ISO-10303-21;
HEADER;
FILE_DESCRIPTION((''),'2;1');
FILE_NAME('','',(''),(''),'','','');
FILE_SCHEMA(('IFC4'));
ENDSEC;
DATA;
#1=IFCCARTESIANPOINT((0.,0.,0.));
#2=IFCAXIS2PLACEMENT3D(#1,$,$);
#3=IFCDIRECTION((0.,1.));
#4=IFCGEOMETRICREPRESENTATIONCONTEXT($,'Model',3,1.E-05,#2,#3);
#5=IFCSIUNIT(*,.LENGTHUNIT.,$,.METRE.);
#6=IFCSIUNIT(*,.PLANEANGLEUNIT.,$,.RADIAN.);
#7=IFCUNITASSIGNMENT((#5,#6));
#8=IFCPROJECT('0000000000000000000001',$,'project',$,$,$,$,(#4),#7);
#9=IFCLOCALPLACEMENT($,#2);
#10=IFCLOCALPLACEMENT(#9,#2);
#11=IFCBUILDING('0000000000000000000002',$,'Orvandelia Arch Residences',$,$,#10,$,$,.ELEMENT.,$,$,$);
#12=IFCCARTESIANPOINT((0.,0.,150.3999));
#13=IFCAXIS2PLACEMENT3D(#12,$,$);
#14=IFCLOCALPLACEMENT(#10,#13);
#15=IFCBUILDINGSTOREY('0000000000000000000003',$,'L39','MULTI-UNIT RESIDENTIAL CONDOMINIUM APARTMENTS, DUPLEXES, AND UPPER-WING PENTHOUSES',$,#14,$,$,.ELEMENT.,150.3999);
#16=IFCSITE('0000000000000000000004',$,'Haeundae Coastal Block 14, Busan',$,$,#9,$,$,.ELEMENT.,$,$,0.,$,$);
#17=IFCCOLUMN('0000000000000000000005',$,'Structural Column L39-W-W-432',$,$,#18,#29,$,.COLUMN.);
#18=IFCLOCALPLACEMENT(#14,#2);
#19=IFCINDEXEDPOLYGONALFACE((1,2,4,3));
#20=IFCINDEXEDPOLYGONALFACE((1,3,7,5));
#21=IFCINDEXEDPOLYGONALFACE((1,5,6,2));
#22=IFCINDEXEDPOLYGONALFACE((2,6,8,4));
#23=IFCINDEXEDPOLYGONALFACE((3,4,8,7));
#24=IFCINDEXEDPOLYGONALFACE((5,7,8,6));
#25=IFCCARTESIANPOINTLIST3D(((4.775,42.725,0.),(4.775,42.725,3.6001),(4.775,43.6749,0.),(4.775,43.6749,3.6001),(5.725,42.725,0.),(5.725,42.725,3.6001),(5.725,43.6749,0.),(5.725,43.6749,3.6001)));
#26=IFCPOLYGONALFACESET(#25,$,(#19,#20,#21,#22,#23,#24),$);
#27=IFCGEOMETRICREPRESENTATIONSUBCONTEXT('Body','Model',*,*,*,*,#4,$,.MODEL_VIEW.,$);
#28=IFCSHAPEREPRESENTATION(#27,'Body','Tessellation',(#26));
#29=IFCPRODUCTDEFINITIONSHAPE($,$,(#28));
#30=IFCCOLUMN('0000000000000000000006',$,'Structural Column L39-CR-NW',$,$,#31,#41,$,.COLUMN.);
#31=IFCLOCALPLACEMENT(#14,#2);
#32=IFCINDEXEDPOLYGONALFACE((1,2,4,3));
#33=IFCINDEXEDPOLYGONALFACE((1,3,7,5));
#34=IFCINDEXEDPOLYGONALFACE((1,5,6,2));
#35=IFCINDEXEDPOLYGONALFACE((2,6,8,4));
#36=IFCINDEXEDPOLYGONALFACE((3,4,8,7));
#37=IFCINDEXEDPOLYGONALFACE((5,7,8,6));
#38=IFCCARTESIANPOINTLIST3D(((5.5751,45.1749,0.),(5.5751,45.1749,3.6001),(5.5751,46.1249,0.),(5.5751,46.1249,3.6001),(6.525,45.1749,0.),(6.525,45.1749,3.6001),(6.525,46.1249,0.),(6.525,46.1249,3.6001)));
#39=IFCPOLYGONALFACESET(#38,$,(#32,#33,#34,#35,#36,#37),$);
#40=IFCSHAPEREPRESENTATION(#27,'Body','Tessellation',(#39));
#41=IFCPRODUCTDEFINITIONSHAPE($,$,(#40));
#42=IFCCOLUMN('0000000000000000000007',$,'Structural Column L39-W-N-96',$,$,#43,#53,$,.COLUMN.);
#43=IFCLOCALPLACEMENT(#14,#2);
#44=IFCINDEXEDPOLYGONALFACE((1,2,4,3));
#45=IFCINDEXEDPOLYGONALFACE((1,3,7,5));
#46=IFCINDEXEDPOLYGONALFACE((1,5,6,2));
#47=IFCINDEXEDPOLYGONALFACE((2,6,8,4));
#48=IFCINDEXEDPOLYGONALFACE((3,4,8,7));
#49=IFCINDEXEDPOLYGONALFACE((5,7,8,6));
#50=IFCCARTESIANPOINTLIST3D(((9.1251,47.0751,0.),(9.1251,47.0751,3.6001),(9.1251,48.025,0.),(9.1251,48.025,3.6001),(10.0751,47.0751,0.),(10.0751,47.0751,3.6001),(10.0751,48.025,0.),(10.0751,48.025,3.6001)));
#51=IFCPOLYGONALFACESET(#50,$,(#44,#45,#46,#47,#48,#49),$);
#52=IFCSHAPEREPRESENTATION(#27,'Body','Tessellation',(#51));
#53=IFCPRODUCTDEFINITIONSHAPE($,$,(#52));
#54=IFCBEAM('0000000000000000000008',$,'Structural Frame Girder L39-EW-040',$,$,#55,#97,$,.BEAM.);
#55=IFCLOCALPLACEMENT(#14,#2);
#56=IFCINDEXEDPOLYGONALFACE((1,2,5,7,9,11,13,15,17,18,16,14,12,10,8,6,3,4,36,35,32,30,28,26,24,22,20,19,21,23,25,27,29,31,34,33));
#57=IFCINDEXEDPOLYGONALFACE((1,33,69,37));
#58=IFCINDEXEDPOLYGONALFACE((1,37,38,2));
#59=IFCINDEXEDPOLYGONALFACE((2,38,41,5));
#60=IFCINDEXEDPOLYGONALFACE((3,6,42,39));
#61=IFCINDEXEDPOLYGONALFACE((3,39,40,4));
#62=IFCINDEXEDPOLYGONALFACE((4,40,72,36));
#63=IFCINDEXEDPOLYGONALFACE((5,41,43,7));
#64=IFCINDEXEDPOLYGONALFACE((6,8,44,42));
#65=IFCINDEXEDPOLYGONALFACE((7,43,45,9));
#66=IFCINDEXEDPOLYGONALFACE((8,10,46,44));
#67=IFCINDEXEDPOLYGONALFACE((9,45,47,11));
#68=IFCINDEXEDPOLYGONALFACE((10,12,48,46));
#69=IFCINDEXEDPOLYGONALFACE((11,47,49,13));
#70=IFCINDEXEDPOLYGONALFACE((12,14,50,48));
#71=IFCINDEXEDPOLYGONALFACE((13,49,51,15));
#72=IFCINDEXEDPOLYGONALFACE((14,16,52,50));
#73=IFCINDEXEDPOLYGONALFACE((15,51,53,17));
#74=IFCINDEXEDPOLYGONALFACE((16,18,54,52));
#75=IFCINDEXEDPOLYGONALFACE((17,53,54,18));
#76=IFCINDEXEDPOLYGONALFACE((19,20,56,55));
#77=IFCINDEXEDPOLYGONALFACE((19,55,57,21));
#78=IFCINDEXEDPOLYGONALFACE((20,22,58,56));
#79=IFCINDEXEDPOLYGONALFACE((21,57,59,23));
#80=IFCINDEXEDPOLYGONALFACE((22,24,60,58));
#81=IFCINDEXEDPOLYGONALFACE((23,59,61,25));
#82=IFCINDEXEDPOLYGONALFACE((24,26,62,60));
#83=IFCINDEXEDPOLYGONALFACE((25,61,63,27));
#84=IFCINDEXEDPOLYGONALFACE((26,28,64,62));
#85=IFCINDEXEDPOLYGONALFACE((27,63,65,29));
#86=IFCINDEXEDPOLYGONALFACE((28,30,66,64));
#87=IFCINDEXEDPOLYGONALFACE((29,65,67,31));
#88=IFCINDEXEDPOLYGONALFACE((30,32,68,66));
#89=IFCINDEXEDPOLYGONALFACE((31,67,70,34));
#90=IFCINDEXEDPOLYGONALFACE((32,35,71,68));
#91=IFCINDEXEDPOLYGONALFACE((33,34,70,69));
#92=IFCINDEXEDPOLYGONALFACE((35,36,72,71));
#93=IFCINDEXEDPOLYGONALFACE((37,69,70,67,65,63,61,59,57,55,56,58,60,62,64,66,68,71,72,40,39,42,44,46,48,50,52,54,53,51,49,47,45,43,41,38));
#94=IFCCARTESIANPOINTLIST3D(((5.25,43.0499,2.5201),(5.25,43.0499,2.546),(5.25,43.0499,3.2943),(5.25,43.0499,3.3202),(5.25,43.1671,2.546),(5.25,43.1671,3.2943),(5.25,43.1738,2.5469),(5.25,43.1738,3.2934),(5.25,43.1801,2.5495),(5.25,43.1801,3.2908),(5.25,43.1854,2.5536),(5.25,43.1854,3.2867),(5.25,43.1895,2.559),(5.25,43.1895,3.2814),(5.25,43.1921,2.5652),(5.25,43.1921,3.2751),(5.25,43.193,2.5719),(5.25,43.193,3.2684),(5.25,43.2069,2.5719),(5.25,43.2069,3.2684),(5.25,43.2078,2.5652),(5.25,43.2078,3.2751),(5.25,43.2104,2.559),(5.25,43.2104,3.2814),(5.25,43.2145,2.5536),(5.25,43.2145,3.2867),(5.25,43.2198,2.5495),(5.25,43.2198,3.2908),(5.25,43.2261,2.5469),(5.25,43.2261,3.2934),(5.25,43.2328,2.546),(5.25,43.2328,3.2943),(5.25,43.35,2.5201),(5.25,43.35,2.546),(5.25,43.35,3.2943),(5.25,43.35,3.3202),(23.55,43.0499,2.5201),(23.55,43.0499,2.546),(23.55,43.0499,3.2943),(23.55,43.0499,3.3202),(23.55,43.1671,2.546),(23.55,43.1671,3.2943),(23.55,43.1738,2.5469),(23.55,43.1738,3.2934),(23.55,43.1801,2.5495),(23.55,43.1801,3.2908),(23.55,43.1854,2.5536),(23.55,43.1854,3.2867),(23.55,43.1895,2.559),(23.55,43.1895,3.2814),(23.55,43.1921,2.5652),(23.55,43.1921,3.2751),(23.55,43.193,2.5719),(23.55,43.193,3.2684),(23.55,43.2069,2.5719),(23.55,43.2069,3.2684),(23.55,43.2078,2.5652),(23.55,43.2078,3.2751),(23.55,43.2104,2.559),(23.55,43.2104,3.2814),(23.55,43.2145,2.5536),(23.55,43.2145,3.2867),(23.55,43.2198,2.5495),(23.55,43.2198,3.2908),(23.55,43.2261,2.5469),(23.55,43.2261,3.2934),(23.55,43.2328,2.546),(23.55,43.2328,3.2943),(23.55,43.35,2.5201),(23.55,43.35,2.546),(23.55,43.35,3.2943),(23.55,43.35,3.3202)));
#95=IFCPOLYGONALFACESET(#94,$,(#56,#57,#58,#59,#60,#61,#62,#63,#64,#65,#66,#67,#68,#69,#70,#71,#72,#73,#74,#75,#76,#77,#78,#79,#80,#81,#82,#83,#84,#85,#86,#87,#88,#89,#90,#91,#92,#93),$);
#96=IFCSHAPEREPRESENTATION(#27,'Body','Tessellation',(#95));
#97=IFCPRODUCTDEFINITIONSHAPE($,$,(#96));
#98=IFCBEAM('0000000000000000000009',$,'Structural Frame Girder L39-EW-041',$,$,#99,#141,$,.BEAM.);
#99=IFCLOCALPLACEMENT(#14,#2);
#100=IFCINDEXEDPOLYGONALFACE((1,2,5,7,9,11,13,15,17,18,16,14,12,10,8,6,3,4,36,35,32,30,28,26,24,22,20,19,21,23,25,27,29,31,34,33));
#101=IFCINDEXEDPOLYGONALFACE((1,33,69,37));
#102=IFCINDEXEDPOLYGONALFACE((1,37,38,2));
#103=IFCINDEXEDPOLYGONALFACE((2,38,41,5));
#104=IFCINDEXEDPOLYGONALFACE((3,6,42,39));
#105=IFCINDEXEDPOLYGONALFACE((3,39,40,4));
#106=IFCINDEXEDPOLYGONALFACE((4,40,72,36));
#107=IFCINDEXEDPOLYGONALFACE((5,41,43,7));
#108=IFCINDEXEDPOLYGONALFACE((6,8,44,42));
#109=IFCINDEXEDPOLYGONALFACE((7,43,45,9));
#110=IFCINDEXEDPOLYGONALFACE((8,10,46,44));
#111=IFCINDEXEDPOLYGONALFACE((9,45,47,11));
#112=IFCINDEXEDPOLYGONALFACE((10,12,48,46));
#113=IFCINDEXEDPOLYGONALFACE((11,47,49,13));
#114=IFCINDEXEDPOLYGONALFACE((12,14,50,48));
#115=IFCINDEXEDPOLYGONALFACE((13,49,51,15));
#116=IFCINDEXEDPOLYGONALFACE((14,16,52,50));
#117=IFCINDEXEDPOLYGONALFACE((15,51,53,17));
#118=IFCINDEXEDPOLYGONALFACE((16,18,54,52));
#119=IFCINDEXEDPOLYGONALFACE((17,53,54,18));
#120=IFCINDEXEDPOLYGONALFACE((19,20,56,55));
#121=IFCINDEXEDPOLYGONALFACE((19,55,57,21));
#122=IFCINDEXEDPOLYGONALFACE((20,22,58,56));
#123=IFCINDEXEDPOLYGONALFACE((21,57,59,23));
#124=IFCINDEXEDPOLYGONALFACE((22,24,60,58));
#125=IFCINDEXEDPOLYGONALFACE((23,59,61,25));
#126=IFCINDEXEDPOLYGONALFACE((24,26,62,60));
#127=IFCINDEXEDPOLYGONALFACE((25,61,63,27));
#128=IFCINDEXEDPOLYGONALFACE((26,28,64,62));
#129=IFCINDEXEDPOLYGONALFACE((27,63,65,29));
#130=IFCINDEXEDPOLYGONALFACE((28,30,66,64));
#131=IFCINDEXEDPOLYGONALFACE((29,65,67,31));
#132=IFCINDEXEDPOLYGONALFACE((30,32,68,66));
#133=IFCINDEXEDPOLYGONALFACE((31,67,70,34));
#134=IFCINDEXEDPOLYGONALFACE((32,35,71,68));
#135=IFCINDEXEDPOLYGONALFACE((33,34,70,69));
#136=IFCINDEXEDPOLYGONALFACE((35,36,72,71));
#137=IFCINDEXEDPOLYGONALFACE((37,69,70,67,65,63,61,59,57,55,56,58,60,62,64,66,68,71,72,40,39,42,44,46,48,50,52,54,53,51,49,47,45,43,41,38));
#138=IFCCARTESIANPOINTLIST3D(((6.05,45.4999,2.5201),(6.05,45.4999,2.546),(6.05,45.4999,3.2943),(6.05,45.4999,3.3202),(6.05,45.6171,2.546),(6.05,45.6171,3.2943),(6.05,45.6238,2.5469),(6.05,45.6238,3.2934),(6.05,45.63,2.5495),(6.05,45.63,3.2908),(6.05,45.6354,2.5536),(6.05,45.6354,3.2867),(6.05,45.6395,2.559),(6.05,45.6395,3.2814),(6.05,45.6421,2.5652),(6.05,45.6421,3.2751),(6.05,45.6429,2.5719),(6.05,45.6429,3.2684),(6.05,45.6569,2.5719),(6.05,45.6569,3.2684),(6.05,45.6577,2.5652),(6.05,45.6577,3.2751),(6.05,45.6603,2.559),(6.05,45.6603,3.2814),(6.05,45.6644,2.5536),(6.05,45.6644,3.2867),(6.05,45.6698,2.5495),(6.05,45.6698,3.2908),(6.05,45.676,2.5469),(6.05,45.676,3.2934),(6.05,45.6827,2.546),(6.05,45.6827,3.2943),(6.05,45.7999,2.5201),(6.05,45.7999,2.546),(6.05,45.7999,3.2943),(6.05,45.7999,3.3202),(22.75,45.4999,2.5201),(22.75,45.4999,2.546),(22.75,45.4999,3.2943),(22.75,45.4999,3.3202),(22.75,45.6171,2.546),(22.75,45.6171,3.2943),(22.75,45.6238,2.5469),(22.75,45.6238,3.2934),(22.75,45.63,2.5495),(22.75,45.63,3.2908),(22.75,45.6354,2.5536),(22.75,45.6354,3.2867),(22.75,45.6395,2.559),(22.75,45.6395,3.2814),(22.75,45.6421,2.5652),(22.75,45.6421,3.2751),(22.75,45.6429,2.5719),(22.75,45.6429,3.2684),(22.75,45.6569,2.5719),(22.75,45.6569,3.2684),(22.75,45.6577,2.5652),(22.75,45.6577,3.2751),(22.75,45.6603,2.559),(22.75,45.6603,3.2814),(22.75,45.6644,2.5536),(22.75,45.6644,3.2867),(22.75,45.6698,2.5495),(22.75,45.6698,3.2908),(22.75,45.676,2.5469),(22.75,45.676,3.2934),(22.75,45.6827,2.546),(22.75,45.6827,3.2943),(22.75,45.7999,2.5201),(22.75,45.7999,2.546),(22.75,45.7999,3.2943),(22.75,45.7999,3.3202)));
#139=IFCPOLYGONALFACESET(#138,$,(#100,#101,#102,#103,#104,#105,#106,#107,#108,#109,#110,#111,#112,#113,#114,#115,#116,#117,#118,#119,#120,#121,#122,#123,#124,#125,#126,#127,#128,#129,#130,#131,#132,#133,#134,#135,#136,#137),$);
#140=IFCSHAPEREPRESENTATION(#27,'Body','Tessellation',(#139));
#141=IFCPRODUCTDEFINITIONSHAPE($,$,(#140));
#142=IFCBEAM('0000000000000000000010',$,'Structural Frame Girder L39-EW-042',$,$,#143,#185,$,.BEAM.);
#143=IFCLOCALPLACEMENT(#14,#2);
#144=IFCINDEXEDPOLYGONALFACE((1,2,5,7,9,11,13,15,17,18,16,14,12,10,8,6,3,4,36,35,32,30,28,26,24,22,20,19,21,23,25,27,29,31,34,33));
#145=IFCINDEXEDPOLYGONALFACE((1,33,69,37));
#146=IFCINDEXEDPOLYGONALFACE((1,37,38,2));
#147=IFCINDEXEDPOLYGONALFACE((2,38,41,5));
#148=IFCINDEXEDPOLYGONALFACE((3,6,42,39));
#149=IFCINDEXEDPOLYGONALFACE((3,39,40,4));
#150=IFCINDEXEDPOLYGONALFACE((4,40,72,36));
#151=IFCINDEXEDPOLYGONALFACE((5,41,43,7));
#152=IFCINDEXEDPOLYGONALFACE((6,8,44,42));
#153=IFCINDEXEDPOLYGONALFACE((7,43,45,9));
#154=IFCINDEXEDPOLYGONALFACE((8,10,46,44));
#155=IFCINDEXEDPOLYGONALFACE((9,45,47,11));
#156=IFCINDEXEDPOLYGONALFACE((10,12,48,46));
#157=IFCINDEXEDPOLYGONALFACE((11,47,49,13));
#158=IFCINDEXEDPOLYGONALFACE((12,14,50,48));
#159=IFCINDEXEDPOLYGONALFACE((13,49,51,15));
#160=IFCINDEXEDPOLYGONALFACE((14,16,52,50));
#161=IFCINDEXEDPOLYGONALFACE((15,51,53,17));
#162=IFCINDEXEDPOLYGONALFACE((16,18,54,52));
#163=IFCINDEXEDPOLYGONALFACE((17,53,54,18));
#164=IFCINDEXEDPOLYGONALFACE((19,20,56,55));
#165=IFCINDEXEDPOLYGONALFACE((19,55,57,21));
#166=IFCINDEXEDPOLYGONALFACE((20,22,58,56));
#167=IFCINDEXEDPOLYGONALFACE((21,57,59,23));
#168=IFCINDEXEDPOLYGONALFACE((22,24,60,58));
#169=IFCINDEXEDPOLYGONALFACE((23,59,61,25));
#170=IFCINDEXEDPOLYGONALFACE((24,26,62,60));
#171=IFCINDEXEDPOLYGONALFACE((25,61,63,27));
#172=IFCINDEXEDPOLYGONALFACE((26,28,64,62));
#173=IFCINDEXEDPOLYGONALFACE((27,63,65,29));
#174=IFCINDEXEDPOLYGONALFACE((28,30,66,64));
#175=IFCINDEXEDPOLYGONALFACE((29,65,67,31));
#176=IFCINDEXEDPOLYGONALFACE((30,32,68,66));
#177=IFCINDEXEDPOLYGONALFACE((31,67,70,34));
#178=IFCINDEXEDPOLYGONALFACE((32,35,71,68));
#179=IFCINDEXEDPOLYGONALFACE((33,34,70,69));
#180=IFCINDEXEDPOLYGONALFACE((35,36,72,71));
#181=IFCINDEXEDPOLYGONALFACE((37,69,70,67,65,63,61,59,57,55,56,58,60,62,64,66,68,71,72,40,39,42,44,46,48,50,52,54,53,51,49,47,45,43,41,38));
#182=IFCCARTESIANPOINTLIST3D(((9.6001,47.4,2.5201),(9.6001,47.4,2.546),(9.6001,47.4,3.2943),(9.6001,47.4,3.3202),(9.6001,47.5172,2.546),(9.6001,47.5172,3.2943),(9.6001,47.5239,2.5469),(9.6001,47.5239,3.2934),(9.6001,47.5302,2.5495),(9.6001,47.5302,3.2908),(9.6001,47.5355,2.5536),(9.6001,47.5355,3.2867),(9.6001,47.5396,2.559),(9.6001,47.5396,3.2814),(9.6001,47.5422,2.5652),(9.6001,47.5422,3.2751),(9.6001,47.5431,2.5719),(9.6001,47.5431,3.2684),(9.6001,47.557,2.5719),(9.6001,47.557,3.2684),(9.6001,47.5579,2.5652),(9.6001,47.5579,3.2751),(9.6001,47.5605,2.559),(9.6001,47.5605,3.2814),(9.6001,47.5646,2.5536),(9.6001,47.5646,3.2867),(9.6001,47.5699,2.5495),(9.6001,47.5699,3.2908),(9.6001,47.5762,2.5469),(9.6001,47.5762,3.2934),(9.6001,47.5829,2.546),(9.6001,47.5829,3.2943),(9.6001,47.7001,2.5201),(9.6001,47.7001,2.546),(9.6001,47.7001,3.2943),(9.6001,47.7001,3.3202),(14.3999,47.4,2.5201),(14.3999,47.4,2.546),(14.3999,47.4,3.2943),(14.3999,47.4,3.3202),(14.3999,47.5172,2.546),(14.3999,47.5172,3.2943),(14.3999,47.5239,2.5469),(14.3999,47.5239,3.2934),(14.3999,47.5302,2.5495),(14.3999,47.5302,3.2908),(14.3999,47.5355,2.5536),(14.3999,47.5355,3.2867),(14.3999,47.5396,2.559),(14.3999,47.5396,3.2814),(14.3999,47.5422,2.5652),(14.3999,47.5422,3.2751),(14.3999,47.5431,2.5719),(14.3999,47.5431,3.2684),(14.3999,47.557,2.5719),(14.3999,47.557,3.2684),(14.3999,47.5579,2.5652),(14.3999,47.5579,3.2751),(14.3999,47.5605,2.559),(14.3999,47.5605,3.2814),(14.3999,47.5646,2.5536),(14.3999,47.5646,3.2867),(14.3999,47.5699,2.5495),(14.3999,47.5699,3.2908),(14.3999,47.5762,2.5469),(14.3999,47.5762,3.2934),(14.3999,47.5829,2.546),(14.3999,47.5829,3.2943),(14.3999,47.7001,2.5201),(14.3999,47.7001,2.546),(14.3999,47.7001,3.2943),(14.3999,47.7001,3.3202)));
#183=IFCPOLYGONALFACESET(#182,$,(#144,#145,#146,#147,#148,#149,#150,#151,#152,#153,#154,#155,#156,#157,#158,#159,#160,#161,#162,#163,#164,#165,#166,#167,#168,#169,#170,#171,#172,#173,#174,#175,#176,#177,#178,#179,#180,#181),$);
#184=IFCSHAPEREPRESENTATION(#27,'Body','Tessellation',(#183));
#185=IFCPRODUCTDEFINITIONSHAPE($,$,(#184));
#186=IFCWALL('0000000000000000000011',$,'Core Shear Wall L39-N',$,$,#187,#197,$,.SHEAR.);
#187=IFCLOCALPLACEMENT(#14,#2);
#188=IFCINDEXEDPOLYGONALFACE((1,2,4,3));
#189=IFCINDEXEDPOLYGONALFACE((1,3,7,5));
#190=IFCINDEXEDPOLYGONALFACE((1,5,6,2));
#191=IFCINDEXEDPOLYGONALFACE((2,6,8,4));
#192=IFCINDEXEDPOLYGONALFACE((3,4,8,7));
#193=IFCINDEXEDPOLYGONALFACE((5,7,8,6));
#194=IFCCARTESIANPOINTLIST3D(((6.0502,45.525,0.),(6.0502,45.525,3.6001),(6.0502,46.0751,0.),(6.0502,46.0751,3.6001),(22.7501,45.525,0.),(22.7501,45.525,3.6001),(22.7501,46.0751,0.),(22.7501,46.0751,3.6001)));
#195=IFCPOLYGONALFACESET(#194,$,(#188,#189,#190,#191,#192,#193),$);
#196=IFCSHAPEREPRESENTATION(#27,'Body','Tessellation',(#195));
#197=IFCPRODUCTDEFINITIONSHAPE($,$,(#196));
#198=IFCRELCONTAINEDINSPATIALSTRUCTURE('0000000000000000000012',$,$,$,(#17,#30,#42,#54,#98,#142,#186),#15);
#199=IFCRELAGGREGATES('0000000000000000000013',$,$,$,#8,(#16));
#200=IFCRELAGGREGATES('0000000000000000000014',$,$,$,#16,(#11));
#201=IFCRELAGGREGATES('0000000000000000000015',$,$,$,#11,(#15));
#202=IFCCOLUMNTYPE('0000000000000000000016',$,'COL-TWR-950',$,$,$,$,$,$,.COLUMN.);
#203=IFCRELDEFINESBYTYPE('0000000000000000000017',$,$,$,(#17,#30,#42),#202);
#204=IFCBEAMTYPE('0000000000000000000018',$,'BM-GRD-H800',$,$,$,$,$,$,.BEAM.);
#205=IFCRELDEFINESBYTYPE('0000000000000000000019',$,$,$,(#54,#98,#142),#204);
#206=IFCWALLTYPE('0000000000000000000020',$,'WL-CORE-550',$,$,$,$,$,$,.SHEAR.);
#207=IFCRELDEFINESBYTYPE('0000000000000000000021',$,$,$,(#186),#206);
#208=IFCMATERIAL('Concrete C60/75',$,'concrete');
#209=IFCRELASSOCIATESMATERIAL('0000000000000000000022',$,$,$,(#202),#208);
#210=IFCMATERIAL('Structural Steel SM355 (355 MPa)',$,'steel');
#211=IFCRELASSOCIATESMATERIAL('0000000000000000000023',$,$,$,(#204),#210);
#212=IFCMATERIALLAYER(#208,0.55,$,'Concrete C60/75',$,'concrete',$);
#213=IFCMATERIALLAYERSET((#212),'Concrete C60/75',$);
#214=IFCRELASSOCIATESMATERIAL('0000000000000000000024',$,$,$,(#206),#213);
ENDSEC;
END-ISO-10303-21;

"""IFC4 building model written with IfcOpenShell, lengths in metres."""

from ifc_helpers import new_model, si_unit, direction, frame, frame_2d, origin, origin_2d, place, context, subcontext, project, spatial, rectangle, i_section, extrude, material, layer, layer_set, material_profile, profile_set, type_object, element, save


model = new_model("IFC4")

# Units and contexts
model_context = context("Model", 3, precision=1e-05, world=origin(), true_north=direction((0.0, 1.0)))
body_context = subcontext(model_context, "Body", "Model", "MODEL_VIEW")
ifc_project = project(units=[si_unit("LENGTHUNIT", "METRE"), si_unit("PLANEANGLEUNIT", "RADIAN")], contexts=[model_context])

# Site, building, storey
site_placement = place(None, origin())
site = spatial("IfcSite", under=ifc_project, at=site_placement, Name="Haeundae Coastal Block 14, Busan", CompositionType="ELEMENT", RefElevation=0.0)
building_placement = place(site_placement, origin())
building = spatial("IfcBuilding", under=site, at=building_placement, Name="Orvandelia Arch Residences", CompositionType="ELEMENT")
storey_placement = place(building_placement, frame((0.0, 0.0, 150.3999)))
storey = spatial("IfcBuildingStorey", under=building, at=storey_placement, Name="L39", Description="MULTI-UNIT RESIDENTIAL CONDOMINIUM APARTMENTS, DUPLEXES, AND UPPER-WING PENTHOUSES", CompositionType="ELEMENT", Elevation=150.3999)

# Columns
ifc_material_1 = material(Name="Concrete C60/75", Category="concrete")
ifc_material_profile_1 = material_profile(ifc_material_1, rectangle(XDim=0.95, YDim=0.95, at=origin_2d()), Name="Concrete C60/75", Category="concrete")
ifc_profile_set_1 = profile_set([ifc_material_profile_1], Name="Concrete C60/75")
column_type = type_object("IfcColumnType", Name="COL-TWR-950", PredefinedType="COLUMN", material=ifc_profile_set_1)
for number, where, z_axis, x_axis, name in (
    (1, (5.25, 43.2, 0.0), (0.0, 0.0, 1.0), (1.0, 0.0, 0.0), "Structural Column L39-W-W-432"),
    (2, (6.05, 45.6499, 0.0), (0.0, 0.0, 1.0), (1.0, 0.0, 0.0), "Structural Column L39-CR-NW"),
    (3, (9.6001, 47.55, 0.0), (0.0, 0.0, 1.0), (1.0, 0.0, 0.0), "Structural Column L39-W-N-96"),
):
    element("IfcColumn", number, at=place(storey_placement, frame(where, z_axis=z_axis, x_axis=x_axis)), inside=storey, type_object=column_type, Name=name, PredefinedType="COLUMN", context=body_context, shape_type="SweptSolid", body=[
        extrude(rectangle(XDim=0.95, YDim=0.95, at=origin_2d()), origin(), (0.0, 0.0, 1.0), 3.6001),
    ])

# Beams
ifc_material_2 = material(Name="Structural Steel SM355 (355 MPa)", Category="steel")
ifc_material_profile_2 = material_profile(ifc_material_2, i_section(OverallWidth=0.3, OverallDepth=0.8, WebThickness=0.0139, FlangeThickness=0.0259, FilletRadius=0.0259, at=origin_2d()), Name="Structural Steel SM355 (355 MPa)", Category="steel")
ifc_profile_set_2 = profile_set([ifc_material_profile_2], Name="Structural Steel SM355 (355 MPa)")
beam_type = type_object("IfcBeamType", Name="BM-GRD-H800", PredefinedType="BEAM", material=ifc_profile_set_2)
beam_1_placement = place(storey_placement, frame((5.25, 43.2, 2.9202), z_axis=(1.0, 0.0, 0.0), x_axis=(0.0, 1.0, 0.0)))
element("IfcBeam", 4, at=beam_1_placement, inside=storey, type_object=beam_type, Name="Structural Frame Girder L39-EW-040", PredefinedType="BEAM", context=body_context, shape_type="SweptSolid", body=[
    extrude(i_section(OverallWidth=0.3, OverallDepth=0.8, WebThickness=0.0139, FlangeThickness=0.0259, FilletRadius=0.0259, at=origin_2d()), origin(), (0.0, 0.0, 1.0), 18.3),
])
beam_2_placement = place(storey_placement, frame((6.05, 45.6499, 2.9202), z_axis=(1.0, 0.0, 0.0), x_axis=(0.0, 1.0, 0.0)))
element("IfcBeam", 5, at=beam_2_placement, inside=storey, type_object=beam_type, Name="Structural Frame Girder L39-EW-041", PredefinedType="BEAM", context=body_context, shape_type="SweptSolid", body=[
    extrude(i_section(OverallWidth=0.3, OverallDepth=0.8, WebThickness=0.0139, FlangeThickness=0.0259, FilletRadius=0.0259, at=origin_2d()), origin(), (0.0, 0.0, 1.0), 16.7),
])
beam_3_placement = place(storey_placement, frame((9.6001, 47.55, 2.9202), z_axis=(1.0, 0.0, 0.0), x_axis=(0.0, 1.0, 0.0)))
element("IfcBeam", 6, at=beam_3_placement, inside=storey, type_object=beam_type, Name="Structural Frame Girder L39-EW-042", PredefinedType="BEAM", context=body_context, shape_type="SweptSolid", body=[
    extrude(i_section(OverallWidth=0.3, OverallDepth=0.8, WebThickness=0.0139, FlangeThickness=0.0259, FilletRadius=0.0259, at=origin_2d()), origin(), (0.0, 0.0, 1.0), 4.7998),
])

# Wall
ifc_layer_1 = layer(ifc_material_1, 0.55, Name="Concrete C60/75", Category="concrete")
ifc_layer_set_1 = layer_set([ifc_layer_1], Name="Concrete C60/75")
wall_type_1 = type_object("IfcWallType", Name="WL-CORE-550", PredefinedType="SHEAR", material=ifc_layer_set_1)
wall_1_placement = place(storey_placement, frame((6.05, 45.8, 0.0), z_axis=(0.0, 0.0, 1.0), x_axis=(1.0, 0.0, 0.0)))
element("IfcWall", 7, at=wall_1_placement, inside=storey, type_object=wall_type_1, Name="Core Shear Wall L39-N", PredefinedType="SHEAR", context=body_context, shape_type="SweptSolid", body=[
    extrude(rectangle(XDim=16.7, YDim=0.55, at=frame_2d((8.3501, 0.0))), origin(), (0.0, 0.0, 1.0), 3.6001),
])

save(model, "model.ifc")
